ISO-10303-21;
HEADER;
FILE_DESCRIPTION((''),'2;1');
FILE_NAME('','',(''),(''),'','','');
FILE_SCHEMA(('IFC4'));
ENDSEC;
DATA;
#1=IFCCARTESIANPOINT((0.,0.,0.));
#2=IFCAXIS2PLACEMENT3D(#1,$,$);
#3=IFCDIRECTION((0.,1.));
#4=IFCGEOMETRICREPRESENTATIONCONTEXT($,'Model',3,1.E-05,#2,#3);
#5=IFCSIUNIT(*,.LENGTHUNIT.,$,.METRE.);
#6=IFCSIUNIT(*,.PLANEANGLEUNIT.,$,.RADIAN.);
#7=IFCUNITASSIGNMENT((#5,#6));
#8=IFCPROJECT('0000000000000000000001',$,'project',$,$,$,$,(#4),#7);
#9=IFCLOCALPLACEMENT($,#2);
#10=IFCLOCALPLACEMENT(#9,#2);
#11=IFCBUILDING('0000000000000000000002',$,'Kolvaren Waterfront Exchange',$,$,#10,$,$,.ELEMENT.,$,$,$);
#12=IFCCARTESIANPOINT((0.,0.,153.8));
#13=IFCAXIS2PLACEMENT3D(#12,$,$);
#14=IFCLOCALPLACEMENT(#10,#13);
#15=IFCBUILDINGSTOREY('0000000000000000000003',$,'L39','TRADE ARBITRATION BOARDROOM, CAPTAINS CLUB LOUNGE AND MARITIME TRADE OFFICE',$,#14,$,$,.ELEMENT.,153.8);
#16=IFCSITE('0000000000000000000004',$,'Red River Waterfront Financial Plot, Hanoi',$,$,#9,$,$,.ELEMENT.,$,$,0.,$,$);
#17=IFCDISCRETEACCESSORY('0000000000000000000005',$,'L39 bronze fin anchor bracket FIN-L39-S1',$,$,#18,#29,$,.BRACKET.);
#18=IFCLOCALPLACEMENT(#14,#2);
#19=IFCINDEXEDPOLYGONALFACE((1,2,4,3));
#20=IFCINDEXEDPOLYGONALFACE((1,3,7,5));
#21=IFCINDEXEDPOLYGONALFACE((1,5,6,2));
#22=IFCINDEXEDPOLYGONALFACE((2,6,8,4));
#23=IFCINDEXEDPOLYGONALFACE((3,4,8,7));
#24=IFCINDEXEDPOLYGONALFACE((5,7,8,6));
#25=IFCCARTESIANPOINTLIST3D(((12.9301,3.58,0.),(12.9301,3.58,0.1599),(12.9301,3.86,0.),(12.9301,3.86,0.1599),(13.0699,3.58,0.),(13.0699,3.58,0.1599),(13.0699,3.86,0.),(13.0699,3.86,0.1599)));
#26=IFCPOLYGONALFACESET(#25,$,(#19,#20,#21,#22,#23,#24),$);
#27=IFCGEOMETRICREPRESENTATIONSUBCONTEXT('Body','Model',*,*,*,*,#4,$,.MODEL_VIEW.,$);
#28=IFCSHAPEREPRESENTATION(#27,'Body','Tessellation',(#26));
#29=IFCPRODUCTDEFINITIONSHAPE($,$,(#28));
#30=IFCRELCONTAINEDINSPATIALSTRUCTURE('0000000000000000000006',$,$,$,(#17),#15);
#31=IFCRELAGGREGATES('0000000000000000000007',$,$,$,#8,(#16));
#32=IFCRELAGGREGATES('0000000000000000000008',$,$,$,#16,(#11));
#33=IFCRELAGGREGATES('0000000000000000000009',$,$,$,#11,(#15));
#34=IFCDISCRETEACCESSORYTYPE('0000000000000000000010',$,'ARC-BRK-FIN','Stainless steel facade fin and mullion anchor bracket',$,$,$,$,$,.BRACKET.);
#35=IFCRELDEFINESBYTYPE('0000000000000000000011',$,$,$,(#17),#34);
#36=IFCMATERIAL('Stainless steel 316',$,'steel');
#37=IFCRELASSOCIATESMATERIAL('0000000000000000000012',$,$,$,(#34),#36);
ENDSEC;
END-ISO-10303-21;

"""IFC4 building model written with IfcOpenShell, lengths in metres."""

from ifc_helpers import new_model, si_unit, direction, frame, origin, origin_with_axes, origin_2d, place, context, subcontext, project, spatial, rectangle, extrude, source, transform, mapped, material, type_object, element, save


model = new_model("IFC4")

# Units and contexts
model_context = context("Model", 3, precision=1e-05, world=origin(), true_north=direction((0.0, 1.0)))
body_context = subcontext(model_context, "Body", "Model", "MODEL_VIEW")
ifc_project = project(units=[si_unit("LENGTHUNIT", "METRE"), si_unit("PLANEANGLEUNIT", "RADIAN")], contexts=[model_context])

# Site, building, storey
site_placement = place(None, origin())
site = spatial("IfcSite", under=ifc_project, at=site_placement, Name="Red River Waterfront Financial Plot, Hanoi", CompositionType="ELEMENT", RefElevation=0.0)
building_placement = place(site_placement, origin())
building = spatial("IfcBuilding", under=site, at=building_placement, Name="Kolvaren Waterfront Exchange", CompositionType="ELEMENT")
storey_placement = place(building_placement, frame((0.0, 0.0, 153.8)))
storey = spatial("IfcBuildingStorey", under=building, at=storey_placement, Name="L39", Description="TRADE ARBITRATION BOARDROOM, CAPTAINS CLUB LOUNGE AND MARITIME TRADE OFFICE", CompositionType="ELEMENT", Elevation=153.8)

# Shared definitions
ifc_material_1 = material(Name="Stainless steel 316", Category="steel")

# Discrete accessory
discrete_accessory_type = type_object("IfcDiscreteAccessoryType", Name="ARC-BRK-FIN", Description="Stainless steel facade fin and mullion anchor bracket", PredefinedType="BRACKET", material=ifc_material_1)
shared_shape_1 = source(origin_with_axes(), body_context, "Body", "SweptSolid", [
    extrude(rectangle(XDim=0.28, YDim=0.1399, at=origin_2d()), origin(), (0.0, 0.0, 1.0), 0.1599),
])
discrete_accessory_placement = place(storey_placement, frame((13.0, 3.72, 0.0), z_axis=(0.0, 0.0, 1.0), x_axis=(0.0, -1.0, 0.0)))
element("IfcDiscreteAccessory", 1, at=discrete_accessory_placement, inside=storey, type_object=discrete_accessory_type, Name="L39 bronze fin anchor bracket FIN-L39-S1", PredefinedType="BRACKET", context=body_context, shape_type="MappedRepresentation", body=[
    mapped(shared_shape_1, transform((0.0, 0.0, 0.0), x_axis=(1.0, 0.0, 0.0), y_axis=(0.0, 1.0, 0.0), z_axis=(0.0, 0.0, 1.0), scale=1.0)),
])

save(model, "model.ifc")
